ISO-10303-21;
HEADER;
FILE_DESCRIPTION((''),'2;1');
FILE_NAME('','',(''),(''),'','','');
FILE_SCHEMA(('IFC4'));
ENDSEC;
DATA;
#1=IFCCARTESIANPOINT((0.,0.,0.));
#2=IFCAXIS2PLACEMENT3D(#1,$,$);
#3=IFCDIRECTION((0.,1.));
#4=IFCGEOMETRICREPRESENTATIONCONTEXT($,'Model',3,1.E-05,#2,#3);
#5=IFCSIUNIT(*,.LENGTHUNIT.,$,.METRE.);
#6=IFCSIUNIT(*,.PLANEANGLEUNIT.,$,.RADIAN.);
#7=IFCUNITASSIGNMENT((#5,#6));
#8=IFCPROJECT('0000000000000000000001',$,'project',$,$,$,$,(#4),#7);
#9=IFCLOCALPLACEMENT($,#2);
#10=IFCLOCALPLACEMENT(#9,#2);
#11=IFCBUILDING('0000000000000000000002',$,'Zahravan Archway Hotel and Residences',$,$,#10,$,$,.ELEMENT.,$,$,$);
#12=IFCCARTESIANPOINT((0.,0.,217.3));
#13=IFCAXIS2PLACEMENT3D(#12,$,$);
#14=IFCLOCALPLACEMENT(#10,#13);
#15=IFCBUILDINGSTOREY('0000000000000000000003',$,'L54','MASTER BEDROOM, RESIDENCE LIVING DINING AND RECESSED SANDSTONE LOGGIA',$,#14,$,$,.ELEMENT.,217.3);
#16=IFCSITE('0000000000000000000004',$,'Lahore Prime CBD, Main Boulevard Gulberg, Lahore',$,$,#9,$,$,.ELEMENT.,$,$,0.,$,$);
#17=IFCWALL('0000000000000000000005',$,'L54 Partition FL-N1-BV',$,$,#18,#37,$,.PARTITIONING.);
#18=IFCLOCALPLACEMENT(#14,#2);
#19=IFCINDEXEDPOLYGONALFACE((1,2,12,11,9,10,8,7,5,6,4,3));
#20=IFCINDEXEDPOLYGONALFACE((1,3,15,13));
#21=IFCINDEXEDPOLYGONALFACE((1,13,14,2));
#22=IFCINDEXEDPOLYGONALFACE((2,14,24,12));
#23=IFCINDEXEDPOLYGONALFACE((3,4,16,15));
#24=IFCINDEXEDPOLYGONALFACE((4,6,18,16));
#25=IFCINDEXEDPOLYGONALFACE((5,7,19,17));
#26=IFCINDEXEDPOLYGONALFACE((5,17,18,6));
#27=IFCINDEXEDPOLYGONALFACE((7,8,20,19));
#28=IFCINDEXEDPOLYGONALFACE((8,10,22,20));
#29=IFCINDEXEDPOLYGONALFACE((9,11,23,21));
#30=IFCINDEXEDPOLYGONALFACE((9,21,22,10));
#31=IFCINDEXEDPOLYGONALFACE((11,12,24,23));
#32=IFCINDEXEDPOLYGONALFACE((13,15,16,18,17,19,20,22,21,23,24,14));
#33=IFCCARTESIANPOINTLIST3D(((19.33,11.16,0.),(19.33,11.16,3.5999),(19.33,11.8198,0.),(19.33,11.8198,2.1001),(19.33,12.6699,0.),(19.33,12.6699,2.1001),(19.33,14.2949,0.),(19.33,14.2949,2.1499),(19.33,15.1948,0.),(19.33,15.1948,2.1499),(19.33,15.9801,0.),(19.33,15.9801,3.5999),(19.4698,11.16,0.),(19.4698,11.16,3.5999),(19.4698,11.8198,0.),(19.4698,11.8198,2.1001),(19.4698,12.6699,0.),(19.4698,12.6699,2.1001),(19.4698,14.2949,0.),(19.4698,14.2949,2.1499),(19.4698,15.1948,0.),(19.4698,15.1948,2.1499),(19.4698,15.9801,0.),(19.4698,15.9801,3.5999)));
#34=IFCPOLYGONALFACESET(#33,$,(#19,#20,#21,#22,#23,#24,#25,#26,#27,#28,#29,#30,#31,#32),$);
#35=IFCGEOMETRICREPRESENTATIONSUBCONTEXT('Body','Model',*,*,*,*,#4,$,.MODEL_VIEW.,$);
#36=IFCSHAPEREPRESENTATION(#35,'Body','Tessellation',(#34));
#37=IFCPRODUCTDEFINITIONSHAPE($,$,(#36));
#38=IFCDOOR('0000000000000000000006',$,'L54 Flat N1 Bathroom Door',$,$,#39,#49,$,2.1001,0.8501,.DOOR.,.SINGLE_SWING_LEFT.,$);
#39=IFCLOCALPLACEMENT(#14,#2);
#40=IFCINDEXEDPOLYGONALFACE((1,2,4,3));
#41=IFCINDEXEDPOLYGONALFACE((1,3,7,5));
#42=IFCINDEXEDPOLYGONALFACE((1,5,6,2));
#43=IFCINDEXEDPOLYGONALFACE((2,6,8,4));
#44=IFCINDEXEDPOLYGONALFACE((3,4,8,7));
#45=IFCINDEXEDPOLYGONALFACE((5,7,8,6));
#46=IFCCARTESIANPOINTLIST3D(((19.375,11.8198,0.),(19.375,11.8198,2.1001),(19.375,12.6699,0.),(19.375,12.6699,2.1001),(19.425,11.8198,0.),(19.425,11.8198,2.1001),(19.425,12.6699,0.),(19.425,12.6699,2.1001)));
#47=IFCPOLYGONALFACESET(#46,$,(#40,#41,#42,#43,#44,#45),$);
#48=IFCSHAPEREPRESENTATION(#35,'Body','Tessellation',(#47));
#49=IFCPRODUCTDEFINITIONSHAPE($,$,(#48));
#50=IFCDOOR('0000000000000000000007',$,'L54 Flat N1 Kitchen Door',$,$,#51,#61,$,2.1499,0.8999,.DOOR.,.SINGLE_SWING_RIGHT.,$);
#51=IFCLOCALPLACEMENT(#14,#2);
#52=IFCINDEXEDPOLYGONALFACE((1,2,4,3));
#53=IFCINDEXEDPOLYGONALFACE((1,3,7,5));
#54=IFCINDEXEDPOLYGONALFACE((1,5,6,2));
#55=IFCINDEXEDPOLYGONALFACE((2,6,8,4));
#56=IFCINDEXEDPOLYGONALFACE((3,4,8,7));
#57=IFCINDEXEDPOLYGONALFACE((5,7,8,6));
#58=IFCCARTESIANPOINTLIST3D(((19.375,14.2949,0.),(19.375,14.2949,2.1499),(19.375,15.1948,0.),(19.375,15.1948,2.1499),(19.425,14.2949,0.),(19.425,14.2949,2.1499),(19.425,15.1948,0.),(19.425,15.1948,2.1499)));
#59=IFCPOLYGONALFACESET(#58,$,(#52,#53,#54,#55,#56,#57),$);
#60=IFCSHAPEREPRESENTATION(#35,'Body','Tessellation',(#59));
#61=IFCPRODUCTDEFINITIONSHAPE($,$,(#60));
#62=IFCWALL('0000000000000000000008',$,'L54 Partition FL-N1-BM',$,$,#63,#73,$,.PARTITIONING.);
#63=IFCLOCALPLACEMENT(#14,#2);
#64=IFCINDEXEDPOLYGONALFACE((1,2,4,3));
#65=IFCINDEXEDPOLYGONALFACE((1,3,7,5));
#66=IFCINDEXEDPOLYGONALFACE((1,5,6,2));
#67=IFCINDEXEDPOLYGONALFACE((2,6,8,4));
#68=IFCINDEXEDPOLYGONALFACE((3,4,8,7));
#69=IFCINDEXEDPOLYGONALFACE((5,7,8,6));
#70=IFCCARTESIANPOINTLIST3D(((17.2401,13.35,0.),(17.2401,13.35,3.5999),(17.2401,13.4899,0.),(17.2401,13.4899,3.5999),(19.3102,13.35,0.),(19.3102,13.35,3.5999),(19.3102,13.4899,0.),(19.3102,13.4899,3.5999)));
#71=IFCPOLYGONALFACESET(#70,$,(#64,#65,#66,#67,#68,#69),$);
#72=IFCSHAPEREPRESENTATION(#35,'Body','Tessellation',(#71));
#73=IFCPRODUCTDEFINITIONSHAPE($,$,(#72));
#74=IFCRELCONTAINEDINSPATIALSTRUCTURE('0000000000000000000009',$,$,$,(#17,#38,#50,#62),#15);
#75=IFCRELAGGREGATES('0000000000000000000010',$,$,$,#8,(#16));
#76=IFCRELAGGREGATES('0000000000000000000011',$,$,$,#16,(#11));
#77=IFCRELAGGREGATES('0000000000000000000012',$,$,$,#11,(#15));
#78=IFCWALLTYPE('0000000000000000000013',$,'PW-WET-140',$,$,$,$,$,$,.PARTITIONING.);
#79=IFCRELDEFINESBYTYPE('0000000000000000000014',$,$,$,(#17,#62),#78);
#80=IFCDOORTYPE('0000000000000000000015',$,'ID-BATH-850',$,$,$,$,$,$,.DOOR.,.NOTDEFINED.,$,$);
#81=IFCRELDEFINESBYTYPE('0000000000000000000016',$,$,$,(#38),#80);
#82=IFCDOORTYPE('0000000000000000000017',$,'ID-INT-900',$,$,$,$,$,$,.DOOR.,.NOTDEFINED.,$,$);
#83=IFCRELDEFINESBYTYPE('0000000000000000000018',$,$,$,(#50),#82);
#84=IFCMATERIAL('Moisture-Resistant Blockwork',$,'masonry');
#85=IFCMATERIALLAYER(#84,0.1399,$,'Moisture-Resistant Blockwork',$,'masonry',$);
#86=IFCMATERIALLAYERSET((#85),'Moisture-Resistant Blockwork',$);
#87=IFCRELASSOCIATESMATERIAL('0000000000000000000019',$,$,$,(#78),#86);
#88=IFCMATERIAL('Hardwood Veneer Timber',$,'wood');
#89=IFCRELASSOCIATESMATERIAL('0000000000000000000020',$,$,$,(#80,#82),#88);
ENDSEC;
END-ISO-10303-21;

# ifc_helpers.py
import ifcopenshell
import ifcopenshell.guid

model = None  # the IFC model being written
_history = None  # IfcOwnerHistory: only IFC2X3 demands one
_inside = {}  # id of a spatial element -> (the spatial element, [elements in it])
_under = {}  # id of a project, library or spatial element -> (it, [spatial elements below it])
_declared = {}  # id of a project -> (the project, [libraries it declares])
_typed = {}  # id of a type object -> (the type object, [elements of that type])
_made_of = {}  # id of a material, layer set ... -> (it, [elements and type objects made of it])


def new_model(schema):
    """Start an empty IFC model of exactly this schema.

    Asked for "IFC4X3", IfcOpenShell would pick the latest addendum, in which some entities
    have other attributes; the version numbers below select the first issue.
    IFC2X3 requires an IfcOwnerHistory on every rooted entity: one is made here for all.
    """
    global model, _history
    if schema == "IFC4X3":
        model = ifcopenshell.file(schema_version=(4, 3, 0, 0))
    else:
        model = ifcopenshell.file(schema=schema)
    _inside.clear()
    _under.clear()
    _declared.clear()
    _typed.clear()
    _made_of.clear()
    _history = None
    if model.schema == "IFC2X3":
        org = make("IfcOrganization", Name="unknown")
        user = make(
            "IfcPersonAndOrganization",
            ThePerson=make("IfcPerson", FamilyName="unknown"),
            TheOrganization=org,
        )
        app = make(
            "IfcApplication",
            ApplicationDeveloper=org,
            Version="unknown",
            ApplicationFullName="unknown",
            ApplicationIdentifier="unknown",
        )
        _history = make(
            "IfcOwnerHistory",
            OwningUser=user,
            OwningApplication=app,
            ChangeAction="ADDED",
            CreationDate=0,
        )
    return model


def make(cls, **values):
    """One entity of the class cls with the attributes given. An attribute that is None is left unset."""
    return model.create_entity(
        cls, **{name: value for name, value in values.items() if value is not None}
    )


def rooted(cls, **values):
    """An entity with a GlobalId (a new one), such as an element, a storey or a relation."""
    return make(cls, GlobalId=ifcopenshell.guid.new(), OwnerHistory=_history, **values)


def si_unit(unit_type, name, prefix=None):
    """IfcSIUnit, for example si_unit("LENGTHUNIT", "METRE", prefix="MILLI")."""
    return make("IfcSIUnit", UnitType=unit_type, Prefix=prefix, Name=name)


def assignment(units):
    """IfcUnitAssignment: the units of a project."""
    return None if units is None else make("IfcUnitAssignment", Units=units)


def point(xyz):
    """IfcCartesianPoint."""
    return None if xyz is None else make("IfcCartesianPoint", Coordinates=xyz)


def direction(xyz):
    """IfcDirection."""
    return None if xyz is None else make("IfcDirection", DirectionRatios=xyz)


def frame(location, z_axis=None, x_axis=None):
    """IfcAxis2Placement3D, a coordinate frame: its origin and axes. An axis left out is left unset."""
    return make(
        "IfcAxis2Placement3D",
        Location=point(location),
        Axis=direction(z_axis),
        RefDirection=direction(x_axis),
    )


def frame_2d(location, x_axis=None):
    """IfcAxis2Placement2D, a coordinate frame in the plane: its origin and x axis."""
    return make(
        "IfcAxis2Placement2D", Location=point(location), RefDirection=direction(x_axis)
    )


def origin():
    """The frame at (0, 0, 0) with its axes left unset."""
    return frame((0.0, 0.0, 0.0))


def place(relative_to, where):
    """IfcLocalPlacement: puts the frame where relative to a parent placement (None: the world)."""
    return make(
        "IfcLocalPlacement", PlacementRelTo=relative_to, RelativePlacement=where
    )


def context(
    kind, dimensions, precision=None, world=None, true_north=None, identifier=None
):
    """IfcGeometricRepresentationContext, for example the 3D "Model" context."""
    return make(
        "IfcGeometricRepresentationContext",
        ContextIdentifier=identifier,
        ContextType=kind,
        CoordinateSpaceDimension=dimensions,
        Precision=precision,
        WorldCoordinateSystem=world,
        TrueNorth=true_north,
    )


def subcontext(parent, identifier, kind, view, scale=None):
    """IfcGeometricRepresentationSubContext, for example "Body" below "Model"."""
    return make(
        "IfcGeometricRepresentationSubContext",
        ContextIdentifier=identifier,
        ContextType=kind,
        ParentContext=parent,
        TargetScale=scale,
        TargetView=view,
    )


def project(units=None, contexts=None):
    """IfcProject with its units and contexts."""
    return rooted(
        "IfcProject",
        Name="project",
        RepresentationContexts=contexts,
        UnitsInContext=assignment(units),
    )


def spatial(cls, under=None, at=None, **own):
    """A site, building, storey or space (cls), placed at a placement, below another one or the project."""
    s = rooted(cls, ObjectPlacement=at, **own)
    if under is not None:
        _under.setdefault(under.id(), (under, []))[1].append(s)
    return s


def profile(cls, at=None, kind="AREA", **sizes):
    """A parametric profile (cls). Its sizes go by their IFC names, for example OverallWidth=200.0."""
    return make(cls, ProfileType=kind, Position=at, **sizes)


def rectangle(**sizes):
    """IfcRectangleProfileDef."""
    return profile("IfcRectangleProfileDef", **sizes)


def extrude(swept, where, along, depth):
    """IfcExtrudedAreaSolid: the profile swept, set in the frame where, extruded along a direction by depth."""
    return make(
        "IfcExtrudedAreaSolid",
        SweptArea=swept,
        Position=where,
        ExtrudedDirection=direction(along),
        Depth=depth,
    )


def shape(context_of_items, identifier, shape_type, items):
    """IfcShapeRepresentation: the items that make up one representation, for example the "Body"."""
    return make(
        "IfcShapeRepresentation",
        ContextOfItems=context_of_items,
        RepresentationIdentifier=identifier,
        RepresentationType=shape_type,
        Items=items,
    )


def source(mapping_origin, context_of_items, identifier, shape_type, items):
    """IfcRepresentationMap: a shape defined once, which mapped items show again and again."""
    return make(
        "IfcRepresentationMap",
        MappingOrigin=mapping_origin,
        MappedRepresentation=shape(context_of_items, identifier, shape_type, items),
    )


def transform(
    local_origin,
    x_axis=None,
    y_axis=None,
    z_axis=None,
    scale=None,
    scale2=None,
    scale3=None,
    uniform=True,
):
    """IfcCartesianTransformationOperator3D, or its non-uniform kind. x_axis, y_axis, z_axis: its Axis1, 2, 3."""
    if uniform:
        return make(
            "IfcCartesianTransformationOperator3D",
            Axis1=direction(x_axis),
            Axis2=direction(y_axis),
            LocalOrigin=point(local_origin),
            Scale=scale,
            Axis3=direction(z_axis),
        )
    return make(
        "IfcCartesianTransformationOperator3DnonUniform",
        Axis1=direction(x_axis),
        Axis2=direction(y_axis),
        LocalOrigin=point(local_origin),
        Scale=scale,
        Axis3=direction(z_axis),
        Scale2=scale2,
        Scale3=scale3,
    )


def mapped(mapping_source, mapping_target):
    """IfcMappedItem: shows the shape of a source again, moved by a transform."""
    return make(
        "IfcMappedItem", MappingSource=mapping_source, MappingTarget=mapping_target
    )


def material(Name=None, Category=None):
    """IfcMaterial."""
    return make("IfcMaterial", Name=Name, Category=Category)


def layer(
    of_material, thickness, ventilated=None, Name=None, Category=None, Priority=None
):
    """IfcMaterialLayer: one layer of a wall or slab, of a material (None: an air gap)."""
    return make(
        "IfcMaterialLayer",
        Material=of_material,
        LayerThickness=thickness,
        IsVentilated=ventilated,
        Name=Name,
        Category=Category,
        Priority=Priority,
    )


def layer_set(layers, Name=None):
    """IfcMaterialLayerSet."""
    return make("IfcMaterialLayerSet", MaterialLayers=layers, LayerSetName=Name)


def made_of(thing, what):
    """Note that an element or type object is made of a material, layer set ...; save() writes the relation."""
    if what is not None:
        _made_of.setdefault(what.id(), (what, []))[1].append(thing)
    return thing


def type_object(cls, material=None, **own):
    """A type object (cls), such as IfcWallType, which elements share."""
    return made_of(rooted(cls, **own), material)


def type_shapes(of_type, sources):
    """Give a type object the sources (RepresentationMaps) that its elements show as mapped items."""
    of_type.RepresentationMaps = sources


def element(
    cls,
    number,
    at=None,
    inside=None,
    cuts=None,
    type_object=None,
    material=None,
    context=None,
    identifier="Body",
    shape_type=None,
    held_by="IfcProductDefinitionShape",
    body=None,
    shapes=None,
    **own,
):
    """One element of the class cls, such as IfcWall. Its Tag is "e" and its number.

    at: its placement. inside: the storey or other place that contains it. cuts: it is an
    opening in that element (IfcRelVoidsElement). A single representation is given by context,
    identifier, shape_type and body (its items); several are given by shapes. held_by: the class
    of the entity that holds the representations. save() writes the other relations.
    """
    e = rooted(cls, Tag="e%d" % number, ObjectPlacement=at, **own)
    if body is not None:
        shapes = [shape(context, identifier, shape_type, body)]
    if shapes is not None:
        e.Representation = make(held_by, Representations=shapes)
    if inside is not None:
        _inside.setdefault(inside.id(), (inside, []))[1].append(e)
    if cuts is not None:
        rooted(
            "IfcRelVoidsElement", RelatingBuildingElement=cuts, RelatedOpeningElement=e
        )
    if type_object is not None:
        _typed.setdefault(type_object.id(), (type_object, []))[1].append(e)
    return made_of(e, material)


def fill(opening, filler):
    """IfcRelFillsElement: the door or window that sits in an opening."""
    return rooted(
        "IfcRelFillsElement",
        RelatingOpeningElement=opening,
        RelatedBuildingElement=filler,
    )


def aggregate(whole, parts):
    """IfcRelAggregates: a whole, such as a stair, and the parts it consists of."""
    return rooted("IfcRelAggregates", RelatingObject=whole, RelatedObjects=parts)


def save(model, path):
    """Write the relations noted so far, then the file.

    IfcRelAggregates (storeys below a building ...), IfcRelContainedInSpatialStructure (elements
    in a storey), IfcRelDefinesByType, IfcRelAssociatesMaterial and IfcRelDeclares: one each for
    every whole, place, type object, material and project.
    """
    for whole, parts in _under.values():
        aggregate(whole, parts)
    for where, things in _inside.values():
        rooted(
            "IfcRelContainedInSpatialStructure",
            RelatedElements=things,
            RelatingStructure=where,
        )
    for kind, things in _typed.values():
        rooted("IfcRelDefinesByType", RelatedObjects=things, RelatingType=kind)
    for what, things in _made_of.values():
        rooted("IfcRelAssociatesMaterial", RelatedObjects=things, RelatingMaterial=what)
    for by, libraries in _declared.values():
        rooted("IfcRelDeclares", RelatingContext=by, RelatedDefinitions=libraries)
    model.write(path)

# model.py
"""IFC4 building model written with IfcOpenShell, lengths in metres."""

from ifc_helpers import new_model, si_unit, direction, frame, frame_2d, origin, place, context, subcontext, project, spatial, rectangle, extrude, source, transform, mapped, material, layer, layer_set, type_object, type_shapes, element, fill, save


model = new_model("IFC4")

# Units and contexts
model_context = context("Model", 3, precision=1e-05, world=origin(), true_north=direction((0.0, 1.0)))
body_context = subcontext(model_context, "Body", "Model", "MODEL_VIEW")
ifc_project = project(units=[si_unit("LENGTHUNIT", "METRE"), si_unit("PLANEANGLEUNIT", "RADIAN")], contexts=[model_context])

# Site, building, storey
site_placement = place(None, origin())
site = spatial("IfcSite", under=ifc_project, at=site_placement, Name="Lahore Prime CBD, Main Boulevard Gulberg, Lahore", CompositionType="ELEMENT", RefElevation=0.0)
building_placement = place(site_placement, origin())
building = spatial("IfcBuilding", under=site, at=building_placement, Name="Zahravan Archway Hotel and Residences", CompositionType="ELEMENT")
storey_placement = place(building_placement, frame((0.0, 0.0, 217.3)))
storey = spatial("IfcBuildingStorey", under=building, at=storey_placement, Name="L54", Description="MASTER BEDROOM, RESIDENCE LIVING DINING AND RECESSED SANDSTONE LOGGIA", CompositionType="ELEMENT", Elevation=217.3)

# Shared definitions
ifc_material_1 = material(Name="Hardwood Veneer Timber", Category="wood")

# Wall, openings, doors
ifc_material_2 = material(Name="Moisture-Resistant Blockwork", Category="masonry")
ifc_layer_1 = layer(ifc_material_2, 0.1399, Name="Moisture-Resistant Blockwork", Category="masonry")
ifc_layer_set_1 = layer_set([ifc_layer_1], Name="Moisture-Resistant Blockwork")
wall_type_1 = type_object("IfcWallType", Name="PW-WET-140", PredefinedType="PARTITIONING", material=ifc_layer_set_1)
wall_1_placement = place(storey_placement, frame((19.3999, 11.1599, 0.0), z_axis=(0.0, 0.0, 1.0), x_axis=(0.0, 1.0, 0.0)))
wall_1 = element("IfcWall", 1, at=wall_1_placement, inside=storey, type_object=wall_type_1, Name="L54 Partition FL-N1-BV", PredefinedType="PARTITIONING", context=body_context, shape_type="SweptSolid", body=[
    extrude(rectangle(XDim=4.8201, YDim=0.1399, at=frame_2d((2.4102, 0.0))), origin(), (0.0, 0.0, 1.0), 3.5999),
])
opening_1_placement = place(wall_1_placement, frame((0.6599, 0.0, 0.0)))
opening_1 = element("IfcOpeningElement", 2, at=opening_1_placement, cuts=wall_1, PredefinedType="OPENING", context=body_context, shape_type="SweptSolid", body=[
    extrude(rectangle(XDim=0.8501, YDim=2.1001, at=frame_2d((0.425, 1.05))), frame((0.0, 0.0801, 0.0), z_axis=(0.0, -1.0, 0.0), x_axis=(1.0, 0.0, 0.0)), (0.0, 0.0, 1.0), 0.1599),
])
opening_2_placement = place(wall_1_placement, frame((3.135, 0.0, 0.0)))
opening_2 = element("IfcOpeningElement", 3, at=opening_2_placement, cuts=wall_1, PredefinedType="OPENING", context=body_context, shape_type="SweptSolid", body=[
    extrude(rectangle(XDim=0.8999, YDim=2.1499, at=frame_2d((0.45, 1.075))), frame((0.0, 0.0801, 0.0), z_axis=(0.0, -1.0, 0.0), x_axis=(1.0, 0.0, 0.0)), (0.0, 0.0, 1.0), 0.1599),
])
door_type_1 = type_object("IfcDoorType", Name="ID-BATH-850", OperationType="NOTDEFINED", PredefinedType="DOOR", material=ifc_material_1)
shared_shape_1 = source(origin(), body_context, "Body", "SweptSolid", [
    extrude(rectangle(XDim=0.8501, YDim=2.1001, at=frame_2d((0.425, 1.05))), frame((0.0, 0.0249, 0.0), z_axis=(0.0, -1.0, 0.0), x_axis=(1.0, 0.0, 0.0)), (0.0, 0.0, 1.0), 0.05),
])
type_shapes(door_type_1, [shared_shape_1])
door_1_placement = place(opening_1_placement, origin())
door_1 = element("IfcDoor", 4, at=door_1_placement, inside=storey, type_object=door_type_1, Name="L54 Flat N1 Bathroom Door", OperationType="SINGLE_SWING_LEFT", OverallHeight=2.1001, OverallWidth=0.8501, PredefinedType="DOOR", context=body_context, shape_type="MappedRepresentation", body=[
    mapped(shared_shape_1, transform((0.0, 0.0, 0.0), scale=1.0)),
])
fill(opening_1, door_1)
door_type_2 = type_object("IfcDoorType", Name="ID-INT-900", OperationType="NOTDEFINED", PredefinedType="DOOR", material=ifc_material_1)
shared_shape_2 = source(origin(), body_context, "Body", "SweptSolid", [
    extrude(rectangle(XDim=0.8999, YDim=2.1499, at=frame_2d((0.45, 1.075))), frame((0.0, 0.0249, 0.0), z_axis=(0.0, -1.0, 0.0), x_axis=(1.0, 0.0, 0.0)), (0.0, 0.0, 1.0), 0.05),
])
type_shapes(door_type_2, [shared_shape_2])
door_2_placement = place(opening_2_placement, origin())
door_2 = element("IfcDoor", 5, at=door_2_placement, inside=storey, type_object=door_type_2, Name="L54 Flat N1 Kitchen Door", OperationType="SINGLE_SWING_RIGHT", OverallHeight=2.1499, OverallWidth=0.8999, PredefinedType="DOOR", context=body_context, shape_type="MappedRepresentation", body=[
    mapped(shared_shape_2, transform((0.0, 0.0, 0.0), scale=1.0)),
])
fill(opening_2, door_2)

# Wall
wall_2_placement = place(storey_placement, frame((17.24, 13.4199, 0.0), z_axis=(0.0, 0.0, 1.0), x_axis=(1.0, 0.0, 0.0)))
element("IfcWall", 6, at=wall_2_placement, inside=storey, type_object=wall_type_1, Name="L54 Partition FL-N1-BM", PredefinedType="PARTITIONING", context=body_context, shape_type="SweptSolid", body=[
    extrude(rectangle(XDim=2.0701, YDim=0.1399, at=frame_2d((1.0352, 0.0))), origin(), (0.0, 0.0, 1.0), 3.5999),
])

save(model, "model.ifc")
